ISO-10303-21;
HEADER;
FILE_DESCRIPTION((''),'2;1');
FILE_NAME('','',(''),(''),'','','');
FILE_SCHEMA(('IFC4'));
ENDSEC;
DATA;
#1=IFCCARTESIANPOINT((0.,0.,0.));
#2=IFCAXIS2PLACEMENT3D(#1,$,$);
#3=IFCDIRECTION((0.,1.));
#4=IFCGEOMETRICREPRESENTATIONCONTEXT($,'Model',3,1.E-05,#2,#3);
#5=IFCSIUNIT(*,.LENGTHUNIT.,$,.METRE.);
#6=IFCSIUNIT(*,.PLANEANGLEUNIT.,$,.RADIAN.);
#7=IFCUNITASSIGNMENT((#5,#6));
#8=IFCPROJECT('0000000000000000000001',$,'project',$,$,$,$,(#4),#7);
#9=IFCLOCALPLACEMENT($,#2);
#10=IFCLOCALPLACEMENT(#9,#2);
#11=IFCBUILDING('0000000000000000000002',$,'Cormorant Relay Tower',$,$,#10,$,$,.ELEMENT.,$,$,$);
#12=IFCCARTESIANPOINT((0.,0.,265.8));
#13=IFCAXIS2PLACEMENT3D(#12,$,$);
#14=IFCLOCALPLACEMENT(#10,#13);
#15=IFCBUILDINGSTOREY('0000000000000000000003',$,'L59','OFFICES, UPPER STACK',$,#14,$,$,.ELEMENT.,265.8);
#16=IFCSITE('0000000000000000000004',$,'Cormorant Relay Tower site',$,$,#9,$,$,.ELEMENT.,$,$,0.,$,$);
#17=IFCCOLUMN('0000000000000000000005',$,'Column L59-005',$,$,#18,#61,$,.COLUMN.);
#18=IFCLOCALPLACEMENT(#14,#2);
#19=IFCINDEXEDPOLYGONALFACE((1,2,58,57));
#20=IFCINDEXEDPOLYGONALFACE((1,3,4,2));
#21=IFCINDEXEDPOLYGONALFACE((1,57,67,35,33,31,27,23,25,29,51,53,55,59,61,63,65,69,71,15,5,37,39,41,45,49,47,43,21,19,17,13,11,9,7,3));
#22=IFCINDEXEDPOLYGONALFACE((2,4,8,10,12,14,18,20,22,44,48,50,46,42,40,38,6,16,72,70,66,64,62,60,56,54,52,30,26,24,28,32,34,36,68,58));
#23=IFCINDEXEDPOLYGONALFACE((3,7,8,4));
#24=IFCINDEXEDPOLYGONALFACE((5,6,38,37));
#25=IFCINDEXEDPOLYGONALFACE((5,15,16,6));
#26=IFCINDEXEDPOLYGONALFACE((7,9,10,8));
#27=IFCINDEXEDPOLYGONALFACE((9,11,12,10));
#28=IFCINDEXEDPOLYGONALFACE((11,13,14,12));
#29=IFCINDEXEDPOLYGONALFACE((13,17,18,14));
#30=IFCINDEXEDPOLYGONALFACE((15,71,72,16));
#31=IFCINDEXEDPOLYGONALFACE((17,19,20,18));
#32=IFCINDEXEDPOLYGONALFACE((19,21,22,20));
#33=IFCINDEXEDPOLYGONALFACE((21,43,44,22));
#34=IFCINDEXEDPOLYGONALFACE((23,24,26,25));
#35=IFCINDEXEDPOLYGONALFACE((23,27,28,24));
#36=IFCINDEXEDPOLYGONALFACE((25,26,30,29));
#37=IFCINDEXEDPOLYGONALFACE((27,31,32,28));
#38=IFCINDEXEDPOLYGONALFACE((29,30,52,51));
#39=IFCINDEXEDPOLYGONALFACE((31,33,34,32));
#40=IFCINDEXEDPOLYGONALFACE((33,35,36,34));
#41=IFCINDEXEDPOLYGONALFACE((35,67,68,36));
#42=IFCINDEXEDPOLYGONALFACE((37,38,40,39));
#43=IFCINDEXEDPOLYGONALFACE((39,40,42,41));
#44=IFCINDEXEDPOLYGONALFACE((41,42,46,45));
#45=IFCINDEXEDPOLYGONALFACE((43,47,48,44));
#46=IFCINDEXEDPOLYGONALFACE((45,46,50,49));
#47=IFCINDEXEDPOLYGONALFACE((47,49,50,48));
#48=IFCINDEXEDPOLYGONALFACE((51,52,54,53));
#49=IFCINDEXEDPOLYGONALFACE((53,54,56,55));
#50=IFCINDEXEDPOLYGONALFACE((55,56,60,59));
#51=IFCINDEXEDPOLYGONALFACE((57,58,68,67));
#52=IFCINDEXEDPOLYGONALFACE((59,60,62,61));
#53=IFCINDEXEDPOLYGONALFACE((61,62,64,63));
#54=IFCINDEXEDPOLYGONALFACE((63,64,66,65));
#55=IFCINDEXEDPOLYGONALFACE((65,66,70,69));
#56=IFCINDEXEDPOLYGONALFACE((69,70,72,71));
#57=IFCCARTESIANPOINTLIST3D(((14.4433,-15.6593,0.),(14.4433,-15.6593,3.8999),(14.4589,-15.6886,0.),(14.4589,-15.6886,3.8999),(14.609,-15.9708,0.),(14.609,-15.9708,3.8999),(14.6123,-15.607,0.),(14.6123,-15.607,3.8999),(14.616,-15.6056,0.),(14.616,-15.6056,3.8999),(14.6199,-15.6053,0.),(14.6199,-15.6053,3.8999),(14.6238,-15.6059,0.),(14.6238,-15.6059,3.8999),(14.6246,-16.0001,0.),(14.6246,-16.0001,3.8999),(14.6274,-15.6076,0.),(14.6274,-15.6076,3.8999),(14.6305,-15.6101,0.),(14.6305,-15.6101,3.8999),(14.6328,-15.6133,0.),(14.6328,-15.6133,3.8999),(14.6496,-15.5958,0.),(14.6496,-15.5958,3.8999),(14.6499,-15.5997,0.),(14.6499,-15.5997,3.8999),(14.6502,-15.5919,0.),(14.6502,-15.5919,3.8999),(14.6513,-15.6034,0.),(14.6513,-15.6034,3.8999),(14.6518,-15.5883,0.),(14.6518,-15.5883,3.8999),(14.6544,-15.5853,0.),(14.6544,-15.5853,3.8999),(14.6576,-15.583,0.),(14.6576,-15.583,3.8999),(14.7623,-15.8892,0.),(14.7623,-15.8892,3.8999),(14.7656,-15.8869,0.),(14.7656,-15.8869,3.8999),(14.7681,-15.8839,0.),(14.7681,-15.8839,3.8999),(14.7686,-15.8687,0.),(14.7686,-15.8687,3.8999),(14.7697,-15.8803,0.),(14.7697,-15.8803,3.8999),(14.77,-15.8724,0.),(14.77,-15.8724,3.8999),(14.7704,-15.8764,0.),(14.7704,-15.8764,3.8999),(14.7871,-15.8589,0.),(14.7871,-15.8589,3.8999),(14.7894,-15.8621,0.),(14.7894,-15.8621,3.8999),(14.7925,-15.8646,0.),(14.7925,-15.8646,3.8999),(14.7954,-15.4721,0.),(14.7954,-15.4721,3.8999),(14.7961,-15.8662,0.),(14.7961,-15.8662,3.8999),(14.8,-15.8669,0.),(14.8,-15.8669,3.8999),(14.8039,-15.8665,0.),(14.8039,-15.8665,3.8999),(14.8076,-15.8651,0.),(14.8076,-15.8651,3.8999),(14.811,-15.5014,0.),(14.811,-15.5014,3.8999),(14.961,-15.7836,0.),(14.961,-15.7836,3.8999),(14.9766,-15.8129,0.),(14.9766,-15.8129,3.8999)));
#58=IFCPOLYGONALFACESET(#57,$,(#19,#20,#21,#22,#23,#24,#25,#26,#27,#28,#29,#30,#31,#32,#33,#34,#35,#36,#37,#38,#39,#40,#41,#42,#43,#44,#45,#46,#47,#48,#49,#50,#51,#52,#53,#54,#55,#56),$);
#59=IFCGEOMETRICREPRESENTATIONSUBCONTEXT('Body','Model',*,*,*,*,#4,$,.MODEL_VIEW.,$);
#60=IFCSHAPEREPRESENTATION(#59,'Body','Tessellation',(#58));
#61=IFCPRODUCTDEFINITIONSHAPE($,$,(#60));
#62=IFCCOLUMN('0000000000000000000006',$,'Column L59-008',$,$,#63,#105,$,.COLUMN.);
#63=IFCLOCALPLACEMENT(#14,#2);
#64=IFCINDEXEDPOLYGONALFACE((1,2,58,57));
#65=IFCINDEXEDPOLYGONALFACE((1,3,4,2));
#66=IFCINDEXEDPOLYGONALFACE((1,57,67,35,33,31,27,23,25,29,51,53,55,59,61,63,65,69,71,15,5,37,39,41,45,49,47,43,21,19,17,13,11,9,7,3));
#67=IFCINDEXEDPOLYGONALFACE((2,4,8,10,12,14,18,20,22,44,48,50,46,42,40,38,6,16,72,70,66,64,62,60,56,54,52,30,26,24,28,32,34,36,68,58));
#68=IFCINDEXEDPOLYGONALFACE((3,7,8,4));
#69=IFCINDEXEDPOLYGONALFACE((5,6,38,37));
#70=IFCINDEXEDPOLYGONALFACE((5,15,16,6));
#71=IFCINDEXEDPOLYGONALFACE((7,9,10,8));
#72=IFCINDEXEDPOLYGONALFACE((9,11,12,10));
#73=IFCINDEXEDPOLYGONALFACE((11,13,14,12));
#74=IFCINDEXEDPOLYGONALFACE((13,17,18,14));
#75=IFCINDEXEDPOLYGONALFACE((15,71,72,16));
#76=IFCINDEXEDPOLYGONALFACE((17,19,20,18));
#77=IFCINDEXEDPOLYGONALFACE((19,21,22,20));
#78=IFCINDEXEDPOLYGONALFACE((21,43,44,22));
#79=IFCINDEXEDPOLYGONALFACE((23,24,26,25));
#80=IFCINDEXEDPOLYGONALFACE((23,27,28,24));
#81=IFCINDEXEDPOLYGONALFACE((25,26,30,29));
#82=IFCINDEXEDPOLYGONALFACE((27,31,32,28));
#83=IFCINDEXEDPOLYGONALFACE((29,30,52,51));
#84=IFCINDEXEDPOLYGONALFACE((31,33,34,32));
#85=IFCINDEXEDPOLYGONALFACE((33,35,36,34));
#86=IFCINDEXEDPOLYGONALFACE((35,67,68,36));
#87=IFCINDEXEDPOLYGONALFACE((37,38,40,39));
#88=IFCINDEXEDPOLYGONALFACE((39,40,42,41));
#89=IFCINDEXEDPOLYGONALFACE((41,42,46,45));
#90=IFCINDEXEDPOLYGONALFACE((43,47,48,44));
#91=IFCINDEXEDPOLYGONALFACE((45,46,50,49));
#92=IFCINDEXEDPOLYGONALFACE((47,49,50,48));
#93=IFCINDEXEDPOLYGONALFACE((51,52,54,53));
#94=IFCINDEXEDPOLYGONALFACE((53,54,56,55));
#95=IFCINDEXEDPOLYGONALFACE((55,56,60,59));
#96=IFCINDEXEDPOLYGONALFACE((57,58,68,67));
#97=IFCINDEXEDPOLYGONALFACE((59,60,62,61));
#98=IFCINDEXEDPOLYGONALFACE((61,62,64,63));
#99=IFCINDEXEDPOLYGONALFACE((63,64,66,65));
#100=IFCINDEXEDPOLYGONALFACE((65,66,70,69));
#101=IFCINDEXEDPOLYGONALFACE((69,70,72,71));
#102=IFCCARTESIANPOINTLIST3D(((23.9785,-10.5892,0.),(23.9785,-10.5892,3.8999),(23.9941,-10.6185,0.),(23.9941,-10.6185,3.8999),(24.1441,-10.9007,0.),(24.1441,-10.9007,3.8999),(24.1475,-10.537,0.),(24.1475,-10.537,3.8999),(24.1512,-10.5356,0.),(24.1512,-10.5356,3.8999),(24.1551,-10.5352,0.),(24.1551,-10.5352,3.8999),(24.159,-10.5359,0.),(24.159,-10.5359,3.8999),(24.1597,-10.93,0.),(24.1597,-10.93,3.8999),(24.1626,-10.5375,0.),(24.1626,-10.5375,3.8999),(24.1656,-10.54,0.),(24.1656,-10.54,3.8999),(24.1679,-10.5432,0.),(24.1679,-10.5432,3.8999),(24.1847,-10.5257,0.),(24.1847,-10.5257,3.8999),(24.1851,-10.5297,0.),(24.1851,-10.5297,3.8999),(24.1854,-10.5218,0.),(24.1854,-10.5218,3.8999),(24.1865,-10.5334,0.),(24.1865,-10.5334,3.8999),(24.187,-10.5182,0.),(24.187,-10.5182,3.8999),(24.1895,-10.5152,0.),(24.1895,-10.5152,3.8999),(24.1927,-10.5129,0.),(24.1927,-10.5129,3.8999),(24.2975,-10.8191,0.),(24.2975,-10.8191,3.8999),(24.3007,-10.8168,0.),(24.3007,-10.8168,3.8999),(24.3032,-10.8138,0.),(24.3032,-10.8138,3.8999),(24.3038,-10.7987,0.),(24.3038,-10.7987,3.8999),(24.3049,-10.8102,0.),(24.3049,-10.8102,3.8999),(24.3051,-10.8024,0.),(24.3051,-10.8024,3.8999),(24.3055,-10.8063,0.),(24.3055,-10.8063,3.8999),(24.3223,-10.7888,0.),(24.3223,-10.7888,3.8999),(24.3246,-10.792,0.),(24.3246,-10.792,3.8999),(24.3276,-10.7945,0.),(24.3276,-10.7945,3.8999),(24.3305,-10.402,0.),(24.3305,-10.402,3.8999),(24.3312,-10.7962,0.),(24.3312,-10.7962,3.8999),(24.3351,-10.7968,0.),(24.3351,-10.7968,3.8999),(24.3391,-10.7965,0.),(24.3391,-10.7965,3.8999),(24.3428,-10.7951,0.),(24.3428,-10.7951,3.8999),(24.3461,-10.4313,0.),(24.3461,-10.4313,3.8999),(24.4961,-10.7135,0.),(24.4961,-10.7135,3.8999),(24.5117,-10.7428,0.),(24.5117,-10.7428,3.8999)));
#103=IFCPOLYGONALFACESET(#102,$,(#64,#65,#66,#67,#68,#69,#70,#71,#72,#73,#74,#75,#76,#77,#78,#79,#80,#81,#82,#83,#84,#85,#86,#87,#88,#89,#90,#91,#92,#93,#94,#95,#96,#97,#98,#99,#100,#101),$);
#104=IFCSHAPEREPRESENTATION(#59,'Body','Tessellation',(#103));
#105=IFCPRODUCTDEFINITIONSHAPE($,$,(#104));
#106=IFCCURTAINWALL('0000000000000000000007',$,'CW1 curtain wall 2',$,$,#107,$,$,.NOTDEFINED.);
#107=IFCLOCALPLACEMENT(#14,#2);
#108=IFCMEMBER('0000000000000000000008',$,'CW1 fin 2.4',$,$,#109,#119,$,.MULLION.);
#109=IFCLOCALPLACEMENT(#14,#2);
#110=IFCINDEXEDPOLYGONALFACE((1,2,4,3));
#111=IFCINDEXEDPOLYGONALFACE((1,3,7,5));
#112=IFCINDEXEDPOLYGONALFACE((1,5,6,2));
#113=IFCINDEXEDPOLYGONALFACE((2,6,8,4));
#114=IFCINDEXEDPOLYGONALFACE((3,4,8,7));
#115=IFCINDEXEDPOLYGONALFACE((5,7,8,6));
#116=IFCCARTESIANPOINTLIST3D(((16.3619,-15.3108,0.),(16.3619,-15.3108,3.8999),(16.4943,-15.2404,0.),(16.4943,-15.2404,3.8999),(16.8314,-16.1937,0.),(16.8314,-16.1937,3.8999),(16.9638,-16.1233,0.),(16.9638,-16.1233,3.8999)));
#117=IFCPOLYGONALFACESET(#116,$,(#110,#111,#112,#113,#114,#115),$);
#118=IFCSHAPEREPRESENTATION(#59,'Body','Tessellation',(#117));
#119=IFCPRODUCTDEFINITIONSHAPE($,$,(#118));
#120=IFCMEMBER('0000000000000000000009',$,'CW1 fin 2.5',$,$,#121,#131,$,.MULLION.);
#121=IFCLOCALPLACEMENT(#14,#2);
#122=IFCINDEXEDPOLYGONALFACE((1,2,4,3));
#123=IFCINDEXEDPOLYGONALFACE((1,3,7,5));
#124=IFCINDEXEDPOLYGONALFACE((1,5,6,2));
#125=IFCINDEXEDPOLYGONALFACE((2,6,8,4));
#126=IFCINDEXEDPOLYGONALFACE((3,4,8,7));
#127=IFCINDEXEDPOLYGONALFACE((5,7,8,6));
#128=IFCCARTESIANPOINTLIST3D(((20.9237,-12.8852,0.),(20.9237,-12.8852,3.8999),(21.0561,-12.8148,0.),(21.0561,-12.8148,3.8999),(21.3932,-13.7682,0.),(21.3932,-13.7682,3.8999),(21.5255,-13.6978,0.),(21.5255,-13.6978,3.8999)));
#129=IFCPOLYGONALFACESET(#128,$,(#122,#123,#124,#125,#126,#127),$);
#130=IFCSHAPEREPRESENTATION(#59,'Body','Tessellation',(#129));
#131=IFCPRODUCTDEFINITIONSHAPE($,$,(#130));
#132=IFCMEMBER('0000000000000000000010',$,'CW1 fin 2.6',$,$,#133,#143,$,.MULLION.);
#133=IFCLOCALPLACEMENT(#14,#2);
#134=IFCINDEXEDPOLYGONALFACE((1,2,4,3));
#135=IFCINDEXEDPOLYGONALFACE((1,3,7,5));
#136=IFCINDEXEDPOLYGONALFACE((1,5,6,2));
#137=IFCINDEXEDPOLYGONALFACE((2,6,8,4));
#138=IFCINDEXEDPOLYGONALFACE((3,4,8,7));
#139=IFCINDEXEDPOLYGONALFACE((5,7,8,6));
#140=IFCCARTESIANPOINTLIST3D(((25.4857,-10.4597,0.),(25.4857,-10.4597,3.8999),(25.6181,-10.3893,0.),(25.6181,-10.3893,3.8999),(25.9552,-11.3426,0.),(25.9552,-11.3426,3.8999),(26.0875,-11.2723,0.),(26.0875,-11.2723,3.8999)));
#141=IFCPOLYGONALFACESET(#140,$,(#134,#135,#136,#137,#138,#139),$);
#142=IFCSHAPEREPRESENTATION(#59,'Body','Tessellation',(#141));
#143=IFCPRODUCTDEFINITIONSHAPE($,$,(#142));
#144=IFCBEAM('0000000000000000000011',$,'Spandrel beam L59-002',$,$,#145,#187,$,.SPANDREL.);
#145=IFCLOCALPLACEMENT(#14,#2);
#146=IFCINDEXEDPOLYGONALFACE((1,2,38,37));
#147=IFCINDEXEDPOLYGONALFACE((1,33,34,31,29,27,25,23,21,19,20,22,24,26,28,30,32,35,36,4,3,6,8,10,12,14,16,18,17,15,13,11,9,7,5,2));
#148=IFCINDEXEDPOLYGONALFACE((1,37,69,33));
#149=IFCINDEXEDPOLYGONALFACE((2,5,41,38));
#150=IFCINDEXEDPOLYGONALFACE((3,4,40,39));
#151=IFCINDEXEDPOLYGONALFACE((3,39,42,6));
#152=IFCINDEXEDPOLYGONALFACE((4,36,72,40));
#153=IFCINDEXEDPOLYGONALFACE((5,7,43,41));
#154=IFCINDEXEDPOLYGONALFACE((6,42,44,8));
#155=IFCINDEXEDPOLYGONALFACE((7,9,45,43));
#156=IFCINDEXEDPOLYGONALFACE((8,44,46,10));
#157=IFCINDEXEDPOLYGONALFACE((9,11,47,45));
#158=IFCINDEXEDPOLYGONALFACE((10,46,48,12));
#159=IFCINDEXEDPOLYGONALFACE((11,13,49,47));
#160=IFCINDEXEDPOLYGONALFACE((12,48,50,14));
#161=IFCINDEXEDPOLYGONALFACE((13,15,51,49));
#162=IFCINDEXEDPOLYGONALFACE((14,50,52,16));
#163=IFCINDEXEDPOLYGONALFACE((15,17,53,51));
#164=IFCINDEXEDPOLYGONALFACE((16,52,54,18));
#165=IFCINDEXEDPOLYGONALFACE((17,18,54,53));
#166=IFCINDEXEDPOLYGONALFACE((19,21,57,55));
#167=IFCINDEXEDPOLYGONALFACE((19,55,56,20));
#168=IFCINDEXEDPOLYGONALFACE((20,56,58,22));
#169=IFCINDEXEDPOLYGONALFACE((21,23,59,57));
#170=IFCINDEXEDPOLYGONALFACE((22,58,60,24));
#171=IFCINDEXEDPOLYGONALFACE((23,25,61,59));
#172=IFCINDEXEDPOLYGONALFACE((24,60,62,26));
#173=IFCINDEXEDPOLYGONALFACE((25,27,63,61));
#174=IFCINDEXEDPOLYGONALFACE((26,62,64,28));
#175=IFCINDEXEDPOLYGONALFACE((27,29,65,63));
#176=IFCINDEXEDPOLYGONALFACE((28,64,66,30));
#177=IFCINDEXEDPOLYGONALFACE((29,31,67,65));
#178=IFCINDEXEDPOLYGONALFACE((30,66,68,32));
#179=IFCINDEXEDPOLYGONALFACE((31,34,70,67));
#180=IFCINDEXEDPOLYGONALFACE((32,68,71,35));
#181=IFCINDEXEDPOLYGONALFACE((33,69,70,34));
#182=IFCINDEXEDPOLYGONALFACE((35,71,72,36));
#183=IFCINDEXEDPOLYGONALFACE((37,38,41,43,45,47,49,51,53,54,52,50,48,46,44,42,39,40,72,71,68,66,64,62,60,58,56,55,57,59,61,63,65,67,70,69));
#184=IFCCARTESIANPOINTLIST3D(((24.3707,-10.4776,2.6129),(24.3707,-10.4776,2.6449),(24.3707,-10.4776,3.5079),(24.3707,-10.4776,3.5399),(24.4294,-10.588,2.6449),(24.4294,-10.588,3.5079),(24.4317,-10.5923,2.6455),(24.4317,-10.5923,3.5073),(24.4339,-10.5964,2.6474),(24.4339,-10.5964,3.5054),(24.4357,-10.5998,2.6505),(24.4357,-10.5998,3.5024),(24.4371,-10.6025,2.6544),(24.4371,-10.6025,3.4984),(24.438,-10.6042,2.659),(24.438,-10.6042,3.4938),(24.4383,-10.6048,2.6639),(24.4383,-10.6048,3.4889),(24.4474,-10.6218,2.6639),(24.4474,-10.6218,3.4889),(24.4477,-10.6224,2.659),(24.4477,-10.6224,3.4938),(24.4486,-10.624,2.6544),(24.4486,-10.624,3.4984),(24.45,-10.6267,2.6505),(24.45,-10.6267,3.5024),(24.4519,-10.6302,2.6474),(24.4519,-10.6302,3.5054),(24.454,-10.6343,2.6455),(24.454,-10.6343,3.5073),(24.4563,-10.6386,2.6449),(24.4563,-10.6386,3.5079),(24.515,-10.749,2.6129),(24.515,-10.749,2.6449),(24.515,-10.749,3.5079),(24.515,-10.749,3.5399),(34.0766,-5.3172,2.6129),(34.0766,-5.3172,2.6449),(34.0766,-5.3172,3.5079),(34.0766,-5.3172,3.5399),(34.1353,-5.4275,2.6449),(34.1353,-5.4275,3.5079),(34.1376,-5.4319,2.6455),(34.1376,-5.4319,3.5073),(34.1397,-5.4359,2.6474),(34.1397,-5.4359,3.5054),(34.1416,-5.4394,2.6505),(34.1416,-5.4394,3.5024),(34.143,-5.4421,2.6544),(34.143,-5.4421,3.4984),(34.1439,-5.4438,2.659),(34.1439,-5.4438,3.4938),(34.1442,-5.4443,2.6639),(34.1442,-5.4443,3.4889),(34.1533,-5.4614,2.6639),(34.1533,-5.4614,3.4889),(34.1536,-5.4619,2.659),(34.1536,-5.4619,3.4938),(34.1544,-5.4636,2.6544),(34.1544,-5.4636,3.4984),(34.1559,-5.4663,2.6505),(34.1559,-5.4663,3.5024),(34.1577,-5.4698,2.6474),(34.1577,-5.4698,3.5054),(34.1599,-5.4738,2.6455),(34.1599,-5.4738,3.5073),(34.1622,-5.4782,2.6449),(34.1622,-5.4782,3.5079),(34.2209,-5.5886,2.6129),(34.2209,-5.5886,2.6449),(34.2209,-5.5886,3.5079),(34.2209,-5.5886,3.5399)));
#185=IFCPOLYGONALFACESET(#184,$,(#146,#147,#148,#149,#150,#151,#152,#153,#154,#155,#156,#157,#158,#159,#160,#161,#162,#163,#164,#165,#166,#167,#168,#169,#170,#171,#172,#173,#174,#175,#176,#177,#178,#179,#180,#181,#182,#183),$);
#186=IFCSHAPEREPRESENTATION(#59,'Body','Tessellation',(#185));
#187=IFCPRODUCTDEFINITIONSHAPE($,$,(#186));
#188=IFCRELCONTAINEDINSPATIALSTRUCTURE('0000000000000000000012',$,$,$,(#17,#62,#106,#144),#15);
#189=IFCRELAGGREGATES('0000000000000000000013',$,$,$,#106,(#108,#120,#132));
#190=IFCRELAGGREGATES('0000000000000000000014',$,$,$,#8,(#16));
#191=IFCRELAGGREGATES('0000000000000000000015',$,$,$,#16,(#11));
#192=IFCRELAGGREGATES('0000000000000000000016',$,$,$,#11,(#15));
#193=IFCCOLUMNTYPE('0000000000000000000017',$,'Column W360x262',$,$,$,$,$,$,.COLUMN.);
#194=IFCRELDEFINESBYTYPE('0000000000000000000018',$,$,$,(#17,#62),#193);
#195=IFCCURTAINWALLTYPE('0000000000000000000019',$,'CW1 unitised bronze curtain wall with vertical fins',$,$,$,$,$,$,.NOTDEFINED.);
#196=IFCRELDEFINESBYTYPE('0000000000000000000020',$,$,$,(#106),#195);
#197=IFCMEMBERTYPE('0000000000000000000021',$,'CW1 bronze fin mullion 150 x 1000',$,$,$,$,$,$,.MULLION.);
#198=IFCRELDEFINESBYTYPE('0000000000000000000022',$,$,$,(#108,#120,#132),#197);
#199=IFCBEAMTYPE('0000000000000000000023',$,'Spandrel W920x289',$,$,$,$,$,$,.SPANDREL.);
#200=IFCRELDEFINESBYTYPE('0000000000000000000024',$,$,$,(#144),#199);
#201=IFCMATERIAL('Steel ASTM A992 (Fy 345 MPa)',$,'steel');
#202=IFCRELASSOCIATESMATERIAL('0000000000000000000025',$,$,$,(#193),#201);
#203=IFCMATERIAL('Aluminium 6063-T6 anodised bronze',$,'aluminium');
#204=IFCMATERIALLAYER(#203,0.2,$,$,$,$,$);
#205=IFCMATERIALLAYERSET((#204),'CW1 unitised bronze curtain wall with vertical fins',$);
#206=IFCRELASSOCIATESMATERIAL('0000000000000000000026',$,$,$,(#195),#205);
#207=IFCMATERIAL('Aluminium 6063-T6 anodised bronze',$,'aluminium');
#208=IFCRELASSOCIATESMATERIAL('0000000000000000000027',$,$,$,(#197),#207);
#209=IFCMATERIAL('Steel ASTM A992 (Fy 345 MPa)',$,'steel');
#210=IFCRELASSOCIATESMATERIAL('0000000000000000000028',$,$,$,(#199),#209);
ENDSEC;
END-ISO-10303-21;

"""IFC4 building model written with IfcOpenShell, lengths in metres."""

from ifc_helpers import new_model, si_unit, direction, frame, origin, origin_2d, place, context, subcontext, project, spatial, rectangle, i_section, extrude, material, layer, layer_set, material_profile, profile_set, type_object, element, aggregate, save


model = new_model("IFC4")

# Units and contexts
model_context = context("Model", 3, precision=1e-05, world=origin(), true_north=direction((0.0, 1.0)))
body_context = subcontext(model_context, "Body", "Model", "MODEL_VIEW")
ifc_project = project(units=[si_unit("LENGTHUNIT", "METRE"), si_unit("PLANEANGLEUNIT", "RADIAN")], contexts=[model_context])

# Site, building, storey
site_placement = place(None, origin())
site = spatial("IfcSite", under=ifc_project, at=site_placement, Name="Cormorant Relay Tower site", CompositionType="ELEMENT", RefElevation=0.0)
building_placement = place(site_placement, origin())
building = spatial("IfcBuilding", under=site, at=building_placement, Name="Cormorant Relay Tower", CompositionType="ELEMENT")
storey_placement = place(building_placement, frame((0.0, 0.0, 265.8)))
storey = spatial("IfcBuildingStorey", under=building, at=storey_placement, Name="L59", Description="OFFICES, UPPER STACK", CompositionType="ELEMENT", Elevation=265.8)

# Columns
ifc_material_1 = material(Name="Steel ASTM A992 (Fy 345 MPa)", Category="steel")
ifc_material_profile_1 = material_profile(ifc_material_1, i_section(OverallWidth=0.3987, OverallDepth=0.386, WebThickness=0.021, FlangeThickness=0.0332, FilletRadius=0.0151, at=origin_2d()), Name="W360x262")
ifc_profile_set_1 = profile_set([ifc_material_profile_1], Name="Steel ASTM A992 (Fy 345 MPa)")
column_type = type_object("IfcColumnType", Name="Column W360x262", PredefinedType="COLUMN", material=ifc_profile_set_1)
for number, where, z_axis, x_axis, name in (
    (1, (14.71, -15.7361, 0.0), (0.0, 0.0, 1.0), (0.882948, 0.469472, 0.0), "Column L59-005"),
    (2, (24.2451, -10.666, 0.0), (0.0, 0.0, 1.0), (0.882948, 0.469472, 0.0), "Column L59-008"),
):
    element("IfcColumn", number, at=place(storey_placement, frame(where, z_axis=z_axis, x_axis=x_axis)), inside=storey, type_object=column_type, Name=name, PredefinedType="COLUMN", context=body_context, shape_type="SweptSolid", body=[
        extrude(i_section(OverallWidth=0.3987, OverallDepth=0.386, WebThickness=0.021, FlangeThickness=0.0332, FilletRadius=0.0151, at=origin_2d()), origin(), (0.0, 0.0, 1.0), 3.8999),
    ])

# Curtain wall, members
ifc_material_2 = material(Name="Aluminium 6063-T6 anodised bronze", Category="aluminium")
ifc_layer_1 = layer(ifc_material_2, 0.2)
ifc_layer_set_1 = layer_set([ifc_layer_1], Name="CW1 unitised bronze curtain wall with vertical fins")
curtain_wall_type = type_object("IfcCurtainWallType", Name="CW1 unitised bronze curtain wall with vertical fins", PredefinedType="NOTDEFINED", material=ifc_layer_set_1)
curtain_wall_placement = place(storey_placement, origin())
curtain_wall = element("IfcCurtainWall", 3, at=curtain_wall_placement, inside=storey, type_object=curtain_wall_type, Name="CW1 curtain wall 2", PredefinedType="NOTDEFINED")
ifc_material_3 = material(Name="Aluminium 6063-T6 anodised bronze", Category="aluminium")
ifc_material_profile_2 = material_profile(ifc_material_3, rectangle(XDim=0.1499, YDim=1.0, at=origin_2d()), Name="AL 150x1000")
ifc_profile_set_2 = profile_set([ifc_material_profile_2], Name="Aluminium 6063-T6 anodised bronze")
member_type = type_object("IfcMemberType", Name="CW1 bronze fin mullion 150 x 1000", PredefinedType="MULLION", material=ifc_profile_set_2)
member_1_placement = place(storey_placement, frame((16.6628, -15.717, 0.0), z_axis=(0.0, 0.0, 1.0), x_axis=(0.882948, 0.469472, 0.0)))
member_1 = element("IfcMember", 4, at=member_1_placement, type_object=member_type, Name="CW1 fin 2.4", PredefinedType="MULLION", context=body_context, shape_type="SweptSolid", body=[
    extrude(rectangle(XDim=0.1499, YDim=1.0, at=origin_2d()), origin(), (0.0, 0.0, 1.0), 3.8999),
])
member_2_placement = place(storey_placement, frame((21.2246, -13.2915, 0.0), z_axis=(0.0, 0.0, 1.0), x_axis=(0.882948, 0.469472, 0.0)))
member_2 = element("IfcMember", 5, at=member_2_placement, type_object=member_type, Name="CW1 fin 2.5", PredefinedType="MULLION", context=body_context, shape_type="SweptSolid", body=[
    extrude(rectangle(XDim=0.1499, YDim=1.0, at=origin_2d()), origin(), (0.0, 0.0, 1.0), 3.8999),
])
member_3_placement = place(storey_placement, frame((25.7866, -10.866, 0.0), z_axis=(0.0, 0.0, 1.0), x_axis=(0.882948, 0.469472, 0.0)))
member_3 = element("IfcMember", 6, at=member_3_placement, type_object=member_type, Name="CW1 fin 2.6", PredefinedType="MULLION", context=body_context, shape_type="SweptSolid", body=[
    extrude(rectangle(XDim=0.1499, YDim=1.0, at=origin_2d()), origin(), (0.0, 0.0, 1.0), 3.8999),
])

# Beam
ifc_material_4 = material(Name="Steel ASTM A992 (Fy 345 MPa)", Category="steel")
ifc_material_profile_3 = material_profile(ifc_material_4, i_section(OverallWidth=0.3074, OverallDepth=0.927, WebThickness=0.0193, FlangeThickness=0.032, FilletRadius=0.019, at=origin_2d()), Name="W920x289")
ifc_profile_set_3 = profile_set([ifc_material_profile_3], Name="Steel ASTM A992 (Fy 345 MPa)")
beam_type_1 = type_object("IfcBeamType", Name="Spandrel W920x289", PredefinedType="SPANDREL", material=ifc_profile_set_3)
beam_1_placement = place(storey_placement, frame((24.4429, -10.6133, 3.0764), z_axis=(0.882958, 0.469452, 0.0), x_axis=(-0.469452, 0.882958, 0.0)))
element("IfcBeam", 7, at=beam_1_placement, inside=storey, type_object=beam_type_1, Name="Spandrel beam L59-002", PredefinedType="SPANDREL", context=body_context, shape_type="SweptSolid", body=[
    extrude(i_section(OverallWidth=0.3074, OverallDepth=0.927, WebThickness=0.0193, FlangeThickness=0.032, FilletRadius=0.019, at=origin_2d()), origin(), (0.0, 0.0, 1.0), 10.9924),
])

aggregate(curtain_wall, [member_1, member_2, member_3])

save(model, "model.ifc")
